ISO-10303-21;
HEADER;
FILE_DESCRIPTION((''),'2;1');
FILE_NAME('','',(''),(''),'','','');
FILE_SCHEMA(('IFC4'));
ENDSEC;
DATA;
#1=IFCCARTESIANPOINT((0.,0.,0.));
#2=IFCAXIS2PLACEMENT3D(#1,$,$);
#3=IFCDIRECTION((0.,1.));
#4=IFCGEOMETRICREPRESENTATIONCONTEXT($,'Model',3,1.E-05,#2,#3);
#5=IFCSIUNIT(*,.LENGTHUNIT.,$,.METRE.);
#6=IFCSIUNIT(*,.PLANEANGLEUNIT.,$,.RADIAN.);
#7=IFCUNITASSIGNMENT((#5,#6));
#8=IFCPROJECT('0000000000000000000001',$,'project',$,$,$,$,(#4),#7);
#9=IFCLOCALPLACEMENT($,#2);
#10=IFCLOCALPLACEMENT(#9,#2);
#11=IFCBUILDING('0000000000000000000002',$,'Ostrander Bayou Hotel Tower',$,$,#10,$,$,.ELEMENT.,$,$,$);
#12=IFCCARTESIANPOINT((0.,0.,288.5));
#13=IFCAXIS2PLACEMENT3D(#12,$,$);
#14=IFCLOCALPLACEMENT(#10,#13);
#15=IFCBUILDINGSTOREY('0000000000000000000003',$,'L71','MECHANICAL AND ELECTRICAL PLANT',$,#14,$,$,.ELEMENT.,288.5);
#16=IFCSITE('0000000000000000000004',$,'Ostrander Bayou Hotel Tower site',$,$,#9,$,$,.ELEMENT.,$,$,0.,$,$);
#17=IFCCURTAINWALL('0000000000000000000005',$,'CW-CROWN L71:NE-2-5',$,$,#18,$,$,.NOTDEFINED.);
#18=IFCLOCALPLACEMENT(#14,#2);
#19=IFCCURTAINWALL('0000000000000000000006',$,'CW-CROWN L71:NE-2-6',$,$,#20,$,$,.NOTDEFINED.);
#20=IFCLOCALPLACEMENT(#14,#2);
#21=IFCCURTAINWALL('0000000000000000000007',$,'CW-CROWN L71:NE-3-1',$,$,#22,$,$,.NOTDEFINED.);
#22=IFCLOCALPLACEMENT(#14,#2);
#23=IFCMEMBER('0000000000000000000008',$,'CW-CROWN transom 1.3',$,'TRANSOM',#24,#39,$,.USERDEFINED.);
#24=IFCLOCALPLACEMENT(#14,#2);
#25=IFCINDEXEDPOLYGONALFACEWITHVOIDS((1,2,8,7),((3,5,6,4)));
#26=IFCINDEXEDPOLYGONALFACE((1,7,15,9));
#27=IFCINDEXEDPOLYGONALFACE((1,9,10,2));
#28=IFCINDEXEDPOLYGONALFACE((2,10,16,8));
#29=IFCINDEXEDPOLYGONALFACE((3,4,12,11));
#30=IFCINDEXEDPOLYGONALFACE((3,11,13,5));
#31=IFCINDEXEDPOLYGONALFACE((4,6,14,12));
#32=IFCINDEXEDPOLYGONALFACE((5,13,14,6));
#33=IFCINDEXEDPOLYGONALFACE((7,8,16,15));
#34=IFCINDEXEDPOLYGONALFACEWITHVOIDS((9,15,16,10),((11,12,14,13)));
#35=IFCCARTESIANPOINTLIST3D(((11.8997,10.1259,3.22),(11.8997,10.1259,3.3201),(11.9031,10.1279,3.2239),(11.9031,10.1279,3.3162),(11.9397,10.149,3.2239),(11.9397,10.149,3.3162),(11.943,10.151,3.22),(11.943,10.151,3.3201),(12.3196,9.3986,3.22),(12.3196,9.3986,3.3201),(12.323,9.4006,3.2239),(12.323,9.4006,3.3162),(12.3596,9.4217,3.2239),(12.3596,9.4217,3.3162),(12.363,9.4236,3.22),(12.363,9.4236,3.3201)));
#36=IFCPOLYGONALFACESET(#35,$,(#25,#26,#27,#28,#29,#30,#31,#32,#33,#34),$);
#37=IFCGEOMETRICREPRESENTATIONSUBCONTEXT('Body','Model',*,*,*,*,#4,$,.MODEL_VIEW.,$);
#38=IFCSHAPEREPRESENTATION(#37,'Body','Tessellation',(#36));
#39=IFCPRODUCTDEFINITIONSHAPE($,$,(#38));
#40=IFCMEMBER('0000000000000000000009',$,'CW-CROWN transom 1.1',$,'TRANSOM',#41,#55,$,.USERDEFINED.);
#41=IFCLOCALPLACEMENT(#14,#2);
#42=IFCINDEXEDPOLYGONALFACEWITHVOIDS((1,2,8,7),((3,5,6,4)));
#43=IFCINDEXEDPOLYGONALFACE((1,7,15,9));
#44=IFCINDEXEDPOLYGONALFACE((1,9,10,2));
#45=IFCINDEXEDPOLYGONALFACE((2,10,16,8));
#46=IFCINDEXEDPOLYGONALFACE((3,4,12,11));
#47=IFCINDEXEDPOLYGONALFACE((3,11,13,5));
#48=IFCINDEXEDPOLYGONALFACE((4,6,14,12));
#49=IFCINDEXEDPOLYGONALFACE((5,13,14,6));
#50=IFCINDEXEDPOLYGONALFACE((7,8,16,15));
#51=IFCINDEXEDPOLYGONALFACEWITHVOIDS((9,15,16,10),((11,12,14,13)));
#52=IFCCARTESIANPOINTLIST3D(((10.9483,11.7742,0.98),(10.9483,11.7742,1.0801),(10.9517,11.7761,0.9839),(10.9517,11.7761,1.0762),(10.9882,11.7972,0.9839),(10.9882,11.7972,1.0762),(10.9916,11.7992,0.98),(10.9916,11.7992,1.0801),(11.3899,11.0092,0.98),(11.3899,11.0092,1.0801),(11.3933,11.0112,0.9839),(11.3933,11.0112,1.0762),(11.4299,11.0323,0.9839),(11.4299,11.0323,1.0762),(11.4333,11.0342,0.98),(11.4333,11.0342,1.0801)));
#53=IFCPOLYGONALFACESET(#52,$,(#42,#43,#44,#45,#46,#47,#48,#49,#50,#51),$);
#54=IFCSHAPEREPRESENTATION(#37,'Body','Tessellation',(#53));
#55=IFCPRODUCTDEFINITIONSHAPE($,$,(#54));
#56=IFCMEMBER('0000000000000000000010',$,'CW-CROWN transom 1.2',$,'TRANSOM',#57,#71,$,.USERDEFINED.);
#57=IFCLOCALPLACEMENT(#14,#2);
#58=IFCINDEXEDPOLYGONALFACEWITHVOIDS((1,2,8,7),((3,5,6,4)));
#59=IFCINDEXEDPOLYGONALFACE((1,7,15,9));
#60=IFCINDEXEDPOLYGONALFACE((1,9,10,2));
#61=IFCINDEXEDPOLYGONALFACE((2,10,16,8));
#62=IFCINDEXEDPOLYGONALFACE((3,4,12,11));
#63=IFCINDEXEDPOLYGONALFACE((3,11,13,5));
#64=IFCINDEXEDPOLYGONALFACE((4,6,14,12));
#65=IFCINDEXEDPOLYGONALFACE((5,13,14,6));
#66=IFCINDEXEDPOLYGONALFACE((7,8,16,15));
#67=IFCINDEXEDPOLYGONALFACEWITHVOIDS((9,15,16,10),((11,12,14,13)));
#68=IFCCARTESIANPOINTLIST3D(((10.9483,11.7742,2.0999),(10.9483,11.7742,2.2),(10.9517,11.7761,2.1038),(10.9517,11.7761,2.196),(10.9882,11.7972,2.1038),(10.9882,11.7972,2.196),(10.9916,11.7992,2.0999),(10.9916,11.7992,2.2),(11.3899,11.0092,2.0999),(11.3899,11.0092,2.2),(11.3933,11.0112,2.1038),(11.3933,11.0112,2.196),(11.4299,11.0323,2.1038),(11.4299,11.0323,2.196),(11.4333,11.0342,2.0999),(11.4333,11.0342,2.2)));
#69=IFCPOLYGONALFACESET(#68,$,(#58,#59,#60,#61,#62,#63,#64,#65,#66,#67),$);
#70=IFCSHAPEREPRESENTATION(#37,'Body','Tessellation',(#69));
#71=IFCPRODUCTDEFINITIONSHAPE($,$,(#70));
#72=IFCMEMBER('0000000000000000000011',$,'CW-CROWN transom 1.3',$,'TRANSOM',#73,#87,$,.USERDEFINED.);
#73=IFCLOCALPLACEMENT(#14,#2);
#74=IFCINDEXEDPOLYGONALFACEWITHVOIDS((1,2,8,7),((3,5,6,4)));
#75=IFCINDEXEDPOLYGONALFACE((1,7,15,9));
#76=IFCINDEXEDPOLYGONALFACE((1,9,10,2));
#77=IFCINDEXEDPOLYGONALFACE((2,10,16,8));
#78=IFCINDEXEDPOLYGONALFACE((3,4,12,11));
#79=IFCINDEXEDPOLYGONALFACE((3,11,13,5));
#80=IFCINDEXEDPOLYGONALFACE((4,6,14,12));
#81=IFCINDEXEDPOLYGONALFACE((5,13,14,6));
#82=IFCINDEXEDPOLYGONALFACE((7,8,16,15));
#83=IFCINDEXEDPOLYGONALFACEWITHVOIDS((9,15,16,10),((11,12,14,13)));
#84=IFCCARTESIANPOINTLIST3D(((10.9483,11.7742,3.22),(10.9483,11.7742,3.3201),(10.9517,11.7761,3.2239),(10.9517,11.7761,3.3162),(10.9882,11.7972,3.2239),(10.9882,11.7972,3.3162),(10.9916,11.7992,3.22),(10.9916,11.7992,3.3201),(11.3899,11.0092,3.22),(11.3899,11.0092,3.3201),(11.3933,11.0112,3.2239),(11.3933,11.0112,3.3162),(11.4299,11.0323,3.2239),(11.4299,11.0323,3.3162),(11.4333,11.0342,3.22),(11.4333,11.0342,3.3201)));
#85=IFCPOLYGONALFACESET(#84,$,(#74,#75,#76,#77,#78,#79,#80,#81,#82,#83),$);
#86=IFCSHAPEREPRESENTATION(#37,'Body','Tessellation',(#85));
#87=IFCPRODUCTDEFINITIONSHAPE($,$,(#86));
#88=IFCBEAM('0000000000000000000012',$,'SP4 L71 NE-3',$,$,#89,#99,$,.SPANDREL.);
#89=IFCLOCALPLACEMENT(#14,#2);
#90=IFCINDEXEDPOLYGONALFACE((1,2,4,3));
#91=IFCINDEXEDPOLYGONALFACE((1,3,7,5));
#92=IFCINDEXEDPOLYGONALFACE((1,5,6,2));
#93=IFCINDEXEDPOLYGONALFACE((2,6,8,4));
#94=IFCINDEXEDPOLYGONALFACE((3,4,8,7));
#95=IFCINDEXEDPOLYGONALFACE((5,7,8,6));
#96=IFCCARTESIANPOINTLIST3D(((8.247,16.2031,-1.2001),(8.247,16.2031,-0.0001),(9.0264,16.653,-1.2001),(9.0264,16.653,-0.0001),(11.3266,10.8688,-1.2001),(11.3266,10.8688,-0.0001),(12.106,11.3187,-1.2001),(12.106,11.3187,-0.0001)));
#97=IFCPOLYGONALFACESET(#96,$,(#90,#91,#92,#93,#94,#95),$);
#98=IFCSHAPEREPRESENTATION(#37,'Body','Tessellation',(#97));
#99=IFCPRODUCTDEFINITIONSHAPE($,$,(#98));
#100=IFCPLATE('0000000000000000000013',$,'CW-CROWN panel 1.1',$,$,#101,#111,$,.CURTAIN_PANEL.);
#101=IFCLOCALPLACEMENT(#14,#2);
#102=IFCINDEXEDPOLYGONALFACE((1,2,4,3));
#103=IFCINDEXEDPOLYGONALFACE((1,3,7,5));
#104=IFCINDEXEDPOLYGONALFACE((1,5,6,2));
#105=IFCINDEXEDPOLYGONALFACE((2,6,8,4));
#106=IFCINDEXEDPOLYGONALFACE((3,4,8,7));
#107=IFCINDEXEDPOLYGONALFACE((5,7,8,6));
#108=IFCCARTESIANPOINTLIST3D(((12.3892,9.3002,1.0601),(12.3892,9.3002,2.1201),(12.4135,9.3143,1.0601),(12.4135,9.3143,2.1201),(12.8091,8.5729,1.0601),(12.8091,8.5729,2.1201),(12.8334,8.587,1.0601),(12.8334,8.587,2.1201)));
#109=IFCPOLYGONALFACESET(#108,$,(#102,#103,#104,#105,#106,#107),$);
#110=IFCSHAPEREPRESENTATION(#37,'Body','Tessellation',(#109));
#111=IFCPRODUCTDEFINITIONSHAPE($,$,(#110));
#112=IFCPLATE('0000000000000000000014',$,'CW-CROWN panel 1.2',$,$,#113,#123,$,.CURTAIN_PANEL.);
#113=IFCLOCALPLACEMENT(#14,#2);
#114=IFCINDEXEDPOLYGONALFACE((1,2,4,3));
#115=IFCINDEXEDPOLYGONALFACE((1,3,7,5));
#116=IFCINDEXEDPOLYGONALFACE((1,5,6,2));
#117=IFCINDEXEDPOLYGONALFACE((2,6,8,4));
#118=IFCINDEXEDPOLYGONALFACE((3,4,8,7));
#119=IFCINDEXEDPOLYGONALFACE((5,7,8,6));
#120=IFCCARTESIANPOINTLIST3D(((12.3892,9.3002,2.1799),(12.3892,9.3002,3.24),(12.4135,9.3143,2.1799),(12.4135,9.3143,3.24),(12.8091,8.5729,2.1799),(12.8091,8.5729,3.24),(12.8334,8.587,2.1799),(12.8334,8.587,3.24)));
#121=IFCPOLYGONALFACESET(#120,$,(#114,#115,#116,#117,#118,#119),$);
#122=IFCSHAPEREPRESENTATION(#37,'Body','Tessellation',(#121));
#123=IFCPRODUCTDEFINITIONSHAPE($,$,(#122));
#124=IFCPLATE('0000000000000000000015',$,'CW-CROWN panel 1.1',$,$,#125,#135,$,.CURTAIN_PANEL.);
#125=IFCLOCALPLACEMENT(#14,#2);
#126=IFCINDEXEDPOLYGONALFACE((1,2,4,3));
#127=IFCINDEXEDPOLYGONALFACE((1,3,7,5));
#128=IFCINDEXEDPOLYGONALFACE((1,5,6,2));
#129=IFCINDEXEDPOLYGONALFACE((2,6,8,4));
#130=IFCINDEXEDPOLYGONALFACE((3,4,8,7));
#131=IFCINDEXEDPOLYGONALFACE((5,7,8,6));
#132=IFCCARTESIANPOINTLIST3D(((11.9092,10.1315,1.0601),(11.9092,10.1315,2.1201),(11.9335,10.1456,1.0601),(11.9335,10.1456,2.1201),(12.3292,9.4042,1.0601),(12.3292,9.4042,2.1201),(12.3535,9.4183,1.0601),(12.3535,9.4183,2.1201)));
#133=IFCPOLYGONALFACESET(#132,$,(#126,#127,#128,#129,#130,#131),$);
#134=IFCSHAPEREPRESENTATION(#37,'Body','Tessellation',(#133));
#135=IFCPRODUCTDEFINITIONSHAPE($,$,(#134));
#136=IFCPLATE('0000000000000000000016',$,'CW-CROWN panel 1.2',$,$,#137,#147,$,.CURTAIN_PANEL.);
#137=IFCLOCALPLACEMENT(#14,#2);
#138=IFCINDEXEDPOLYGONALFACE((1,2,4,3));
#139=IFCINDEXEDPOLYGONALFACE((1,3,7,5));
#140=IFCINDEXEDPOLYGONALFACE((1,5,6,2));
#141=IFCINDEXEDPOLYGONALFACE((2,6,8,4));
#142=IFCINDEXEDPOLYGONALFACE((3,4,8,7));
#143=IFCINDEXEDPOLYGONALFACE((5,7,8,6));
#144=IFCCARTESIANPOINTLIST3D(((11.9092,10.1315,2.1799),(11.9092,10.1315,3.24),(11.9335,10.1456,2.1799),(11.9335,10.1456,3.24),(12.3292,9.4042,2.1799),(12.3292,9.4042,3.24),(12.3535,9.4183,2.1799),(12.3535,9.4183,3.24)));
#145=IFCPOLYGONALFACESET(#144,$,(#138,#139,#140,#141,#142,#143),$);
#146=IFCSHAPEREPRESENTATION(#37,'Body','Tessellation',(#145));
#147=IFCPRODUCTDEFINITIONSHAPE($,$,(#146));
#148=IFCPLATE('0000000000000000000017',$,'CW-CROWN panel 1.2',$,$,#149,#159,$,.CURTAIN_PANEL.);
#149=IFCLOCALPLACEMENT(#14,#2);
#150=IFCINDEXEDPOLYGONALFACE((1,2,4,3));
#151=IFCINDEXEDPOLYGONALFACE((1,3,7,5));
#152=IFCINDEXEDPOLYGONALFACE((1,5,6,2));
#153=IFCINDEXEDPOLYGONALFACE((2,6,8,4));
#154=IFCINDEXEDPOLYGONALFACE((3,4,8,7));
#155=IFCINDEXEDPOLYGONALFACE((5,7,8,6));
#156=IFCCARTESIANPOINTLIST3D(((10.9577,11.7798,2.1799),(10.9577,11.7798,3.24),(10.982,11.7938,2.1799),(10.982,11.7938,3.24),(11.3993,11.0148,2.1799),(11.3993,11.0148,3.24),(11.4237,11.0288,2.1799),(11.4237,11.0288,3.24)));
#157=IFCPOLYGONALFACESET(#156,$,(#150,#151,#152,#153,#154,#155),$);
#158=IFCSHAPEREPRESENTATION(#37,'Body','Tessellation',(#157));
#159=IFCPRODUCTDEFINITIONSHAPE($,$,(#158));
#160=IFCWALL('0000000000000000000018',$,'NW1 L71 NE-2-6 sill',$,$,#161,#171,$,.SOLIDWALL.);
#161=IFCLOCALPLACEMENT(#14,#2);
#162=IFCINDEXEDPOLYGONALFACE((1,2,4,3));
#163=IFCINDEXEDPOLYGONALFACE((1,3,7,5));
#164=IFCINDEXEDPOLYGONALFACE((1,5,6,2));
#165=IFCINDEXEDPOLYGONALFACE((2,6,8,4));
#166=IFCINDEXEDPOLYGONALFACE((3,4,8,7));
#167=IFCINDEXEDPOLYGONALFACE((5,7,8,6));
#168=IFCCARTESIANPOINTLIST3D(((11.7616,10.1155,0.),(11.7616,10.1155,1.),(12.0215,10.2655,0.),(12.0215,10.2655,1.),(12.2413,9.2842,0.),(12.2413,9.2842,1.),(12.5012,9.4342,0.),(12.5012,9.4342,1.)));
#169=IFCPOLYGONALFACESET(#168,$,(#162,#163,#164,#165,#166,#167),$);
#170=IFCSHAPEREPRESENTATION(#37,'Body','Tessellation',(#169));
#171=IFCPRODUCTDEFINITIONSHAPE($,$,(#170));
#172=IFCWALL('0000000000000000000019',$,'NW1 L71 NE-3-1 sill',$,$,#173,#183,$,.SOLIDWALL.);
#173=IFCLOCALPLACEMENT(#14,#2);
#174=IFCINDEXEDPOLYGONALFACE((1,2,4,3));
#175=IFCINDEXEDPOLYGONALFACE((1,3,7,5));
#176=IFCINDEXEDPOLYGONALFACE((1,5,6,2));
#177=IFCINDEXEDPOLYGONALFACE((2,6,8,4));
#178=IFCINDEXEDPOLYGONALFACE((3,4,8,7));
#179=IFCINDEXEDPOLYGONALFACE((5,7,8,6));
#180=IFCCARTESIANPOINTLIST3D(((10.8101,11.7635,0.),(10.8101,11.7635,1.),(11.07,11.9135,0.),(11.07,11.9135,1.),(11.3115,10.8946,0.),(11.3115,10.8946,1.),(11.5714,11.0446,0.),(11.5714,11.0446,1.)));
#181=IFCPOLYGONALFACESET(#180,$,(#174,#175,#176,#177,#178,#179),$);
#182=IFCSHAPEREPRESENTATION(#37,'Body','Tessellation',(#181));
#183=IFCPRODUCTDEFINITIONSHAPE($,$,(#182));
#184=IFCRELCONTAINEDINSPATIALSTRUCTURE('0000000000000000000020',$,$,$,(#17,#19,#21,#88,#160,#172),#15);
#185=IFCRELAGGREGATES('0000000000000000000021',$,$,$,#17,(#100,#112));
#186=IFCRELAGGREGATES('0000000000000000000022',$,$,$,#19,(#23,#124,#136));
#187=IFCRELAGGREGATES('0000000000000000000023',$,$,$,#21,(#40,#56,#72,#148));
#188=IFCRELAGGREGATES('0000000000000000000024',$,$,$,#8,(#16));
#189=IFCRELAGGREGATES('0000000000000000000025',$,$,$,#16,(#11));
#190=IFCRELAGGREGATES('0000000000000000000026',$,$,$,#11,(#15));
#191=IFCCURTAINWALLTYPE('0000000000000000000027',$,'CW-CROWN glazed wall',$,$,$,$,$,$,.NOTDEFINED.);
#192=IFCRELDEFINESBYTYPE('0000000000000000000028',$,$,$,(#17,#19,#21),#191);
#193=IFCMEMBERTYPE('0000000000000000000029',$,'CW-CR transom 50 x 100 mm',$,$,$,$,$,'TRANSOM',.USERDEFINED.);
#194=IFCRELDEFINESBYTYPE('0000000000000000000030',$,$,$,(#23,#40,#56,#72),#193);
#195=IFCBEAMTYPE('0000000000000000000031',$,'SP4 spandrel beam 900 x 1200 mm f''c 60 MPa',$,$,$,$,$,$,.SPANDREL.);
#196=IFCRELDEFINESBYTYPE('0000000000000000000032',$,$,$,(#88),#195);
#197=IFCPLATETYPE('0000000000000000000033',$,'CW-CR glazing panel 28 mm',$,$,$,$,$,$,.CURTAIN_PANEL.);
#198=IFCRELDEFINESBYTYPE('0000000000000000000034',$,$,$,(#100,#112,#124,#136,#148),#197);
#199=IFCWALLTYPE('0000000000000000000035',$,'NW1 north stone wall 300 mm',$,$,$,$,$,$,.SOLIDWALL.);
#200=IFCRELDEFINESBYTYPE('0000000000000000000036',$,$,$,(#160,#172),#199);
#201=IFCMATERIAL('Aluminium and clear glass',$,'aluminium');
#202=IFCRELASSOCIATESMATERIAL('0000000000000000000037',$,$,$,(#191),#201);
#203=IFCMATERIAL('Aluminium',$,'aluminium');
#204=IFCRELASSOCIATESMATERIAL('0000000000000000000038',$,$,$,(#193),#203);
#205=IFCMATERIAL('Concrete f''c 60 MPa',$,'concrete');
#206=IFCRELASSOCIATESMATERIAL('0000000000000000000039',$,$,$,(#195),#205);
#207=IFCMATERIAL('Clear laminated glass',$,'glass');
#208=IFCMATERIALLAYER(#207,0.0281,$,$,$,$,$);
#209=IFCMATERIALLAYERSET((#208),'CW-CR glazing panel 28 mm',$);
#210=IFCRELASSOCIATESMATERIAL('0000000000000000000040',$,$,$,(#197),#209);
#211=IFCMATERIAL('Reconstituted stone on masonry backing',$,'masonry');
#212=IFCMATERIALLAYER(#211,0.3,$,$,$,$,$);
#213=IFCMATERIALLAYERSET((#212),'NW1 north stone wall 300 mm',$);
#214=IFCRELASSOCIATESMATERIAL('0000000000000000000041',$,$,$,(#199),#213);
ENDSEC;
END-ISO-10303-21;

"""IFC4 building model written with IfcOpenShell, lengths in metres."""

from ifc_helpers import new_model, si_unit, direction, frame, frame_2d, origin, origin_2d, place, context, subcontext, project, spatial, rectangle, hollow_rectangle, extrude, material, layer, layer_set, material_profile, profile_set, type_object, element, aggregate, save


model = new_model("IFC4")

# Units and contexts
model_context = context("Model", 3, precision=1e-05, world=origin(), true_north=direction((0.0, 1.0)))
body_context = subcontext(model_context, "Body", "Model", "MODEL_VIEW")
ifc_project = project(units=[si_unit("LENGTHUNIT", "METRE"), si_unit("PLANEANGLEUNIT", "RADIAN")], contexts=[model_context])

# Site, building, storey
site_placement = place(None, origin())
site = spatial("IfcSite", under=ifc_project, at=site_placement, Name="Ostrander Bayou Hotel Tower site", CompositionType="ELEMENT", RefElevation=0.0)
building_placement = place(site_placement, origin())
building = spatial("IfcBuilding", under=site, at=building_placement, Name="Ostrander Bayou Hotel Tower", CompositionType="ELEMENT")
storey_placement = place(building_placement, frame((0.0, 0.0, 288.5)))
storey = spatial("IfcBuildingStorey", under=building, at=storey_placement, Name="L71", Description="MECHANICAL AND ELECTRICAL PLANT", CompositionType="ELEMENT", Elevation=288.5)

# Curtain walls
ifc_material_1 = material(Name="Aluminium and clear glass", Category="aluminium")
curtain_wall_type = type_object("IfcCurtainWallType", Name="CW-CROWN glazed wall", PredefinedType="NOTDEFINED", material=ifc_material_1)
curtain_wall_1_placement = place(storey_placement, origin())
curtain_wall_1 = element("IfcCurtainWall", 1, at=curtain_wall_1_placement, inside=storey, type_object=curtain_wall_type, Name="CW-CROWN L71:NE-2-5", PredefinedType="NOTDEFINED")
curtain_wall_2_placement = place(storey_placement, origin())
curtain_wall_2 = element("IfcCurtainWall", 2, at=curtain_wall_2_placement, inside=storey, type_object=curtain_wall_type, Name="CW-CROWN L71:NE-2-6", PredefinedType="NOTDEFINED")

# Curtain wall
curtain_wall_3_placement = place(storey_placement, origin())
curtain_wall_3 = element("IfcCurtainWall", 3, at=curtain_wall_3_placement, inside=storey, type_object=curtain_wall_type, Name="CW-CROWN L71:NE-3-1", PredefinedType="NOTDEFINED")

# Members
ifc_material_2 = material(Name="Aluminium", Category="aluminium")
ifc_material_profile_1 = material_profile(ifc_material_2, hollow_rectangle(XDim=0.05, YDim=0.1001, WallThickness=0.0039, at=origin_2d()))
ifc_profile_set_1 = profile_set([ifc_material_profile_1], Name="Aluminium")
member_type_1 = type_object("IfcMemberType", Name="CW-CR transom 50 x 100 mm", ElementType="TRANSOM", PredefinedType="USERDEFINED", material=ifc_profile_set_1)
member_1_placement = place(storey_placement, frame((12.3413, 9.4111, 3.27), z_axis=(-0.500016, 0.866016, 0.0), x_axis=(-0.866016, -0.500016, 0.0)))
member_1 = element("IfcMember", 4, at=member_1_placement, type_object=member_type_1, Name="CW-CROWN transom 1.3", ObjectType="TRANSOM", PredefinedType="USERDEFINED", context=body_context, shape_type="SweptSolid", body=[
    extrude(hollow_rectangle(XDim=0.05, YDim=0.1001, WallThickness=0.0039, at=origin_2d()), origin(), (0.0, 0.0, 1.0), 0.8398),
])
member_2_placement = place(storey_placement, frame((11.4116, 11.0217, 1.03), z_axis=(-0.500034, 0.866006, 0.0), x_axis=(-0.866006, -0.500034, 0.0)))
member_2 = element("IfcMember", 5, at=member_2_placement, type_object=member_type_1, Name="CW-CROWN transom 1.1", ObjectType="TRANSOM", PredefinedType="USERDEFINED", context=body_context, shape_type="SweptSolid", body=[
    extrude(hollow_rectangle(XDim=0.05, YDim=0.1001, WallThickness=0.0039, at=origin_2d()), origin(), (0.0, 0.0, 1.0), 0.8833),
])
member_3_placement = place(storey_placement, frame((11.4116, 11.0217, 2.1499), z_axis=(-0.500034, 0.866006, 0.0), x_axis=(-0.866006, -0.500034, 0.0)))
member_3 = element("IfcMember", 6, at=member_3_placement, type_object=member_type_1, Name="CW-CROWN transom 1.2", ObjectType="TRANSOM", PredefinedType="USERDEFINED", context=body_context, shape_type="SweptSolid", body=[
    extrude(hollow_rectangle(XDim=0.05, YDim=0.1001, WallThickness=0.0039, at=origin_2d()), origin(), (0.0, 0.0, 1.0), 0.8833),
])
member_4_placement = place(storey_placement, frame((11.4116, 11.0217, 3.27), z_axis=(-0.500034, 0.866006, 0.0), x_axis=(-0.866006, -0.500034, 0.0)))
member_4 = element("IfcMember", 7, at=member_4_placement, type_object=member_type_1, Name="CW-CROWN transom 1.3", ObjectType="TRANSOM", PredefinedType="USERDEFINED", context=body_context, shape_type="SweptSolid", body=[
    extrude(hollow_rectangle(XDim=0.05, YDim=0.1001, WallThickness=0.0039, at=origin_2d()), origin(), (0.0, 0.0, 1.0), 0.8833),
])

# Beam
ifc_material_3 = material(Name="Concrete f'c 60 MPa", Category="concrete")
ifc_material_profile_2 = material_profile(ifc_material_3, rectangle(XDim=0.8999, YDim=1.2, at=origin_2d()))
ifc_profile_set_2 = profile_set([ifc_material_profile_2], Name="Concrete f'c 60 MPa")
beam_type = type_object("IfcBeamType", Name="SP4 spandrel beam 900 x 1200 mm f'c 60 MPa", PredefinedType="SPANDREL", material=ifc_profile_set_2)
beam_placement = place(storey_placement, frame((11.7163, 11.0938, -0.6001), z_axis=(-0.499984, 0.866034, 0.0), x_axis=(-0.866034, -0.499984, 0.0)))
element("IfcBeam", 8, at=beam_placement, inside=storey, type_object=beam_type, Name="SP4 L71 NE-3", PredefinedType="SPANDREL", context=body_context, shape_type="SweptSolid", body=[
    extrude(rectangle(XDim=0.8999, YDim=1.2, at=origin_2d()), origin(), (0.0, 0.0, 1.0), 6.1594),
])

# Plates
ifc_material_4 = material(Name="Clear laminated glass", Category="glass")
ifc_layer_1 = layer(ifc_material_4, 0.0281)
ifc_layer_set_1 = layer_set([ifc_layer_1], Name="CW-CR glazing panel 28 mm")
plate_type = type_object("IfcPlateType", Name="CW-CR glazing panel 28 mm", PredefinedType="CURTAIN_PANEL", material=ifc_layer_set_1)
plate_1_placement = place(storey_placement, frame((12.6113, 8.9436, 1.0601), z_axis=(0.0, 0.0, 1.0), x_axis=(-0.500005, 0.866022, 0.0)))
plate_1 = element("IfcPlate", 9, at=plate_1_placement, type_object=plate_type, Name="CW-CROWN panel 1.1", PredefinedType="CURTAIN_PANEL", context=body_context, shape_type="SweptSolid", body=[
    extrude(rectangle(XDim=0.8398, YDim=0.0281, at=origin_2d()), origin(), (0.0, 0.0, 1.0), 1.0601),
])
plate_2_placement = place(storey_placement, frame((12.6113, 8.9436, 2.1799), z_axis=(0.0, 0.0, 1.0), x_axis=(-0.500005, 0.866022, 0.0)))
plate_2 = element("IfcPlate", 10, at=plate_2_placement, type_object=plate_type, Name="CW-CROWN panel 1.2", PredefinedType="CURTAIN_PANEL", context=body_context, shape_type="SweptSolid", body=[
    extrude(rectangle(XDim=0.8398, YDim=0.0281, at=origin_2d()), origin(), (0.0, 0.0, 1.0), 1.0601),
])
aggregate(curtain_wall_1, [plate_1, plate_2])
plate_3_placement = place(storey_placement, frame((12.1313, 9.7749, 1.0601), z_axis=(0.0, 0.0, 1.0), x_axis=(-0.500005, 0.866022, 0.0)))
plate_3 = element("IfcPlate", 11, at=plate_3_placement, type_object=plate_type, Name="CW-CROWN panel 1.1", PredefinedType="CURTAIN_PANEL", context=body_context, shape_type="SweptSolid", body=[
    extrude(rectangle(XDim=0.8398, YDim=0.0281, at=origin_2d()), origin(), (0.0, 0.0, 1.0), 1.0601),
])
plate_4_placement = place(storey_placement, frame((12.1313, 9.7749, 2.1799), z_axis=(0.0, 0.0, 1.0), x_axis=(-0.500005, 0.866022, 0.0)))
plate_4 = element("IfcPlate", 12, at=plate_4_placement, type_object=plate_type, Name="CW-CROWN panel 1.2", PredefinedType="CURTAIN_PANEL", context=body_context, shape_type="SweptSolid", body=[
    extrude(rectangle(XDim=0.8398, YDim=0.0281, at=origin_2d()), origin(), (0.0, 0.0, 1.0), 1.0601),
])
aggregate(curtain_wall_2, [member_1, plate_3, plate_4])
plate_5_placement = place(storey_placement, frame((11.1907, 11.4043, 2.1799), z_axis=(0.0, 0.0, 1.0), x_axis=(-0.499999, 0.866026, 0.0)))
plate_5 = element("IfcPlate", 13, at=plate_5_placement, type_object=plate_type, Name="CW-CROWN panel 1.2", PredefinedType="CURTAIN_PANEL", context=body_context, shape_type="SweptSolid", body=[
    extrude(rectangle(XDim=0.8833, YDim=0.0281, at=origin_2d()), origin(), (0.0, 0.0, 1.0), 1.0601),
])
aggregate(curtain_wall_3, [member_2, member_3, member_4, plate_5])

# Walls
ifc_material_5 = material(Name="Reconstituted stone on masonry backing", Category="masonry")
ifc_layer_2 = layer(ifc_material_5, 0.3)
ifc_layer_set_2 = layer_set([ifc_layer_2], Name="NW1 north stone wall 300 mm")
wall_type = type_object("IfcWallType", Name="NW1 north stone wall 300 mm", PredefinedType="SOLIDWALL", material=ifc_layer_set_2)
wall_1_placement = place(storey_placement, frame((12.3713, 9.3591, 0.0), z_axis=(0.0, 0.0, 1.0), x_axis=(-0.499833, 0.866122, 0.0)))
element("IfcWall", 14, at=wall_1_placement, inside=storey, type_object=wall_type, Name="NW1 L71 NE-2-6 sill", PredefinedType="SOLIDWALL", context=body_context, shape_type="SweptSolid", body=[
    extrude(rectangle(XDim=0.9597, YDim=0.3, at=frame_2d((0.48, 0.0))), origin(), (0.0, 0.0, 1.0), 1.0),
])
wall_2_placement = place(storey_placement, frame((11.4414, 10.9697, 0.0), z_axis=(0.0, 0.0, 1.0), x_axis=(-0.499856, 0.866109, 0.0)))
element("IfcWall", 15, at=wall_2_placement, inside=storey, type_object=wall_type, Name="NW1 L71 NE-3-1 sill", PredefinedType="SOLIDWALL", context=body_context, shape_type="SweptSolid", body=[
    extrude(rectangle(XDim=1.0032, YDim=0.3, at=frame_2d((0.5015, 0.0))), origin(), (0.0, 0.0, 1.0), 1.0),
])

save(model, "model.ifc")
